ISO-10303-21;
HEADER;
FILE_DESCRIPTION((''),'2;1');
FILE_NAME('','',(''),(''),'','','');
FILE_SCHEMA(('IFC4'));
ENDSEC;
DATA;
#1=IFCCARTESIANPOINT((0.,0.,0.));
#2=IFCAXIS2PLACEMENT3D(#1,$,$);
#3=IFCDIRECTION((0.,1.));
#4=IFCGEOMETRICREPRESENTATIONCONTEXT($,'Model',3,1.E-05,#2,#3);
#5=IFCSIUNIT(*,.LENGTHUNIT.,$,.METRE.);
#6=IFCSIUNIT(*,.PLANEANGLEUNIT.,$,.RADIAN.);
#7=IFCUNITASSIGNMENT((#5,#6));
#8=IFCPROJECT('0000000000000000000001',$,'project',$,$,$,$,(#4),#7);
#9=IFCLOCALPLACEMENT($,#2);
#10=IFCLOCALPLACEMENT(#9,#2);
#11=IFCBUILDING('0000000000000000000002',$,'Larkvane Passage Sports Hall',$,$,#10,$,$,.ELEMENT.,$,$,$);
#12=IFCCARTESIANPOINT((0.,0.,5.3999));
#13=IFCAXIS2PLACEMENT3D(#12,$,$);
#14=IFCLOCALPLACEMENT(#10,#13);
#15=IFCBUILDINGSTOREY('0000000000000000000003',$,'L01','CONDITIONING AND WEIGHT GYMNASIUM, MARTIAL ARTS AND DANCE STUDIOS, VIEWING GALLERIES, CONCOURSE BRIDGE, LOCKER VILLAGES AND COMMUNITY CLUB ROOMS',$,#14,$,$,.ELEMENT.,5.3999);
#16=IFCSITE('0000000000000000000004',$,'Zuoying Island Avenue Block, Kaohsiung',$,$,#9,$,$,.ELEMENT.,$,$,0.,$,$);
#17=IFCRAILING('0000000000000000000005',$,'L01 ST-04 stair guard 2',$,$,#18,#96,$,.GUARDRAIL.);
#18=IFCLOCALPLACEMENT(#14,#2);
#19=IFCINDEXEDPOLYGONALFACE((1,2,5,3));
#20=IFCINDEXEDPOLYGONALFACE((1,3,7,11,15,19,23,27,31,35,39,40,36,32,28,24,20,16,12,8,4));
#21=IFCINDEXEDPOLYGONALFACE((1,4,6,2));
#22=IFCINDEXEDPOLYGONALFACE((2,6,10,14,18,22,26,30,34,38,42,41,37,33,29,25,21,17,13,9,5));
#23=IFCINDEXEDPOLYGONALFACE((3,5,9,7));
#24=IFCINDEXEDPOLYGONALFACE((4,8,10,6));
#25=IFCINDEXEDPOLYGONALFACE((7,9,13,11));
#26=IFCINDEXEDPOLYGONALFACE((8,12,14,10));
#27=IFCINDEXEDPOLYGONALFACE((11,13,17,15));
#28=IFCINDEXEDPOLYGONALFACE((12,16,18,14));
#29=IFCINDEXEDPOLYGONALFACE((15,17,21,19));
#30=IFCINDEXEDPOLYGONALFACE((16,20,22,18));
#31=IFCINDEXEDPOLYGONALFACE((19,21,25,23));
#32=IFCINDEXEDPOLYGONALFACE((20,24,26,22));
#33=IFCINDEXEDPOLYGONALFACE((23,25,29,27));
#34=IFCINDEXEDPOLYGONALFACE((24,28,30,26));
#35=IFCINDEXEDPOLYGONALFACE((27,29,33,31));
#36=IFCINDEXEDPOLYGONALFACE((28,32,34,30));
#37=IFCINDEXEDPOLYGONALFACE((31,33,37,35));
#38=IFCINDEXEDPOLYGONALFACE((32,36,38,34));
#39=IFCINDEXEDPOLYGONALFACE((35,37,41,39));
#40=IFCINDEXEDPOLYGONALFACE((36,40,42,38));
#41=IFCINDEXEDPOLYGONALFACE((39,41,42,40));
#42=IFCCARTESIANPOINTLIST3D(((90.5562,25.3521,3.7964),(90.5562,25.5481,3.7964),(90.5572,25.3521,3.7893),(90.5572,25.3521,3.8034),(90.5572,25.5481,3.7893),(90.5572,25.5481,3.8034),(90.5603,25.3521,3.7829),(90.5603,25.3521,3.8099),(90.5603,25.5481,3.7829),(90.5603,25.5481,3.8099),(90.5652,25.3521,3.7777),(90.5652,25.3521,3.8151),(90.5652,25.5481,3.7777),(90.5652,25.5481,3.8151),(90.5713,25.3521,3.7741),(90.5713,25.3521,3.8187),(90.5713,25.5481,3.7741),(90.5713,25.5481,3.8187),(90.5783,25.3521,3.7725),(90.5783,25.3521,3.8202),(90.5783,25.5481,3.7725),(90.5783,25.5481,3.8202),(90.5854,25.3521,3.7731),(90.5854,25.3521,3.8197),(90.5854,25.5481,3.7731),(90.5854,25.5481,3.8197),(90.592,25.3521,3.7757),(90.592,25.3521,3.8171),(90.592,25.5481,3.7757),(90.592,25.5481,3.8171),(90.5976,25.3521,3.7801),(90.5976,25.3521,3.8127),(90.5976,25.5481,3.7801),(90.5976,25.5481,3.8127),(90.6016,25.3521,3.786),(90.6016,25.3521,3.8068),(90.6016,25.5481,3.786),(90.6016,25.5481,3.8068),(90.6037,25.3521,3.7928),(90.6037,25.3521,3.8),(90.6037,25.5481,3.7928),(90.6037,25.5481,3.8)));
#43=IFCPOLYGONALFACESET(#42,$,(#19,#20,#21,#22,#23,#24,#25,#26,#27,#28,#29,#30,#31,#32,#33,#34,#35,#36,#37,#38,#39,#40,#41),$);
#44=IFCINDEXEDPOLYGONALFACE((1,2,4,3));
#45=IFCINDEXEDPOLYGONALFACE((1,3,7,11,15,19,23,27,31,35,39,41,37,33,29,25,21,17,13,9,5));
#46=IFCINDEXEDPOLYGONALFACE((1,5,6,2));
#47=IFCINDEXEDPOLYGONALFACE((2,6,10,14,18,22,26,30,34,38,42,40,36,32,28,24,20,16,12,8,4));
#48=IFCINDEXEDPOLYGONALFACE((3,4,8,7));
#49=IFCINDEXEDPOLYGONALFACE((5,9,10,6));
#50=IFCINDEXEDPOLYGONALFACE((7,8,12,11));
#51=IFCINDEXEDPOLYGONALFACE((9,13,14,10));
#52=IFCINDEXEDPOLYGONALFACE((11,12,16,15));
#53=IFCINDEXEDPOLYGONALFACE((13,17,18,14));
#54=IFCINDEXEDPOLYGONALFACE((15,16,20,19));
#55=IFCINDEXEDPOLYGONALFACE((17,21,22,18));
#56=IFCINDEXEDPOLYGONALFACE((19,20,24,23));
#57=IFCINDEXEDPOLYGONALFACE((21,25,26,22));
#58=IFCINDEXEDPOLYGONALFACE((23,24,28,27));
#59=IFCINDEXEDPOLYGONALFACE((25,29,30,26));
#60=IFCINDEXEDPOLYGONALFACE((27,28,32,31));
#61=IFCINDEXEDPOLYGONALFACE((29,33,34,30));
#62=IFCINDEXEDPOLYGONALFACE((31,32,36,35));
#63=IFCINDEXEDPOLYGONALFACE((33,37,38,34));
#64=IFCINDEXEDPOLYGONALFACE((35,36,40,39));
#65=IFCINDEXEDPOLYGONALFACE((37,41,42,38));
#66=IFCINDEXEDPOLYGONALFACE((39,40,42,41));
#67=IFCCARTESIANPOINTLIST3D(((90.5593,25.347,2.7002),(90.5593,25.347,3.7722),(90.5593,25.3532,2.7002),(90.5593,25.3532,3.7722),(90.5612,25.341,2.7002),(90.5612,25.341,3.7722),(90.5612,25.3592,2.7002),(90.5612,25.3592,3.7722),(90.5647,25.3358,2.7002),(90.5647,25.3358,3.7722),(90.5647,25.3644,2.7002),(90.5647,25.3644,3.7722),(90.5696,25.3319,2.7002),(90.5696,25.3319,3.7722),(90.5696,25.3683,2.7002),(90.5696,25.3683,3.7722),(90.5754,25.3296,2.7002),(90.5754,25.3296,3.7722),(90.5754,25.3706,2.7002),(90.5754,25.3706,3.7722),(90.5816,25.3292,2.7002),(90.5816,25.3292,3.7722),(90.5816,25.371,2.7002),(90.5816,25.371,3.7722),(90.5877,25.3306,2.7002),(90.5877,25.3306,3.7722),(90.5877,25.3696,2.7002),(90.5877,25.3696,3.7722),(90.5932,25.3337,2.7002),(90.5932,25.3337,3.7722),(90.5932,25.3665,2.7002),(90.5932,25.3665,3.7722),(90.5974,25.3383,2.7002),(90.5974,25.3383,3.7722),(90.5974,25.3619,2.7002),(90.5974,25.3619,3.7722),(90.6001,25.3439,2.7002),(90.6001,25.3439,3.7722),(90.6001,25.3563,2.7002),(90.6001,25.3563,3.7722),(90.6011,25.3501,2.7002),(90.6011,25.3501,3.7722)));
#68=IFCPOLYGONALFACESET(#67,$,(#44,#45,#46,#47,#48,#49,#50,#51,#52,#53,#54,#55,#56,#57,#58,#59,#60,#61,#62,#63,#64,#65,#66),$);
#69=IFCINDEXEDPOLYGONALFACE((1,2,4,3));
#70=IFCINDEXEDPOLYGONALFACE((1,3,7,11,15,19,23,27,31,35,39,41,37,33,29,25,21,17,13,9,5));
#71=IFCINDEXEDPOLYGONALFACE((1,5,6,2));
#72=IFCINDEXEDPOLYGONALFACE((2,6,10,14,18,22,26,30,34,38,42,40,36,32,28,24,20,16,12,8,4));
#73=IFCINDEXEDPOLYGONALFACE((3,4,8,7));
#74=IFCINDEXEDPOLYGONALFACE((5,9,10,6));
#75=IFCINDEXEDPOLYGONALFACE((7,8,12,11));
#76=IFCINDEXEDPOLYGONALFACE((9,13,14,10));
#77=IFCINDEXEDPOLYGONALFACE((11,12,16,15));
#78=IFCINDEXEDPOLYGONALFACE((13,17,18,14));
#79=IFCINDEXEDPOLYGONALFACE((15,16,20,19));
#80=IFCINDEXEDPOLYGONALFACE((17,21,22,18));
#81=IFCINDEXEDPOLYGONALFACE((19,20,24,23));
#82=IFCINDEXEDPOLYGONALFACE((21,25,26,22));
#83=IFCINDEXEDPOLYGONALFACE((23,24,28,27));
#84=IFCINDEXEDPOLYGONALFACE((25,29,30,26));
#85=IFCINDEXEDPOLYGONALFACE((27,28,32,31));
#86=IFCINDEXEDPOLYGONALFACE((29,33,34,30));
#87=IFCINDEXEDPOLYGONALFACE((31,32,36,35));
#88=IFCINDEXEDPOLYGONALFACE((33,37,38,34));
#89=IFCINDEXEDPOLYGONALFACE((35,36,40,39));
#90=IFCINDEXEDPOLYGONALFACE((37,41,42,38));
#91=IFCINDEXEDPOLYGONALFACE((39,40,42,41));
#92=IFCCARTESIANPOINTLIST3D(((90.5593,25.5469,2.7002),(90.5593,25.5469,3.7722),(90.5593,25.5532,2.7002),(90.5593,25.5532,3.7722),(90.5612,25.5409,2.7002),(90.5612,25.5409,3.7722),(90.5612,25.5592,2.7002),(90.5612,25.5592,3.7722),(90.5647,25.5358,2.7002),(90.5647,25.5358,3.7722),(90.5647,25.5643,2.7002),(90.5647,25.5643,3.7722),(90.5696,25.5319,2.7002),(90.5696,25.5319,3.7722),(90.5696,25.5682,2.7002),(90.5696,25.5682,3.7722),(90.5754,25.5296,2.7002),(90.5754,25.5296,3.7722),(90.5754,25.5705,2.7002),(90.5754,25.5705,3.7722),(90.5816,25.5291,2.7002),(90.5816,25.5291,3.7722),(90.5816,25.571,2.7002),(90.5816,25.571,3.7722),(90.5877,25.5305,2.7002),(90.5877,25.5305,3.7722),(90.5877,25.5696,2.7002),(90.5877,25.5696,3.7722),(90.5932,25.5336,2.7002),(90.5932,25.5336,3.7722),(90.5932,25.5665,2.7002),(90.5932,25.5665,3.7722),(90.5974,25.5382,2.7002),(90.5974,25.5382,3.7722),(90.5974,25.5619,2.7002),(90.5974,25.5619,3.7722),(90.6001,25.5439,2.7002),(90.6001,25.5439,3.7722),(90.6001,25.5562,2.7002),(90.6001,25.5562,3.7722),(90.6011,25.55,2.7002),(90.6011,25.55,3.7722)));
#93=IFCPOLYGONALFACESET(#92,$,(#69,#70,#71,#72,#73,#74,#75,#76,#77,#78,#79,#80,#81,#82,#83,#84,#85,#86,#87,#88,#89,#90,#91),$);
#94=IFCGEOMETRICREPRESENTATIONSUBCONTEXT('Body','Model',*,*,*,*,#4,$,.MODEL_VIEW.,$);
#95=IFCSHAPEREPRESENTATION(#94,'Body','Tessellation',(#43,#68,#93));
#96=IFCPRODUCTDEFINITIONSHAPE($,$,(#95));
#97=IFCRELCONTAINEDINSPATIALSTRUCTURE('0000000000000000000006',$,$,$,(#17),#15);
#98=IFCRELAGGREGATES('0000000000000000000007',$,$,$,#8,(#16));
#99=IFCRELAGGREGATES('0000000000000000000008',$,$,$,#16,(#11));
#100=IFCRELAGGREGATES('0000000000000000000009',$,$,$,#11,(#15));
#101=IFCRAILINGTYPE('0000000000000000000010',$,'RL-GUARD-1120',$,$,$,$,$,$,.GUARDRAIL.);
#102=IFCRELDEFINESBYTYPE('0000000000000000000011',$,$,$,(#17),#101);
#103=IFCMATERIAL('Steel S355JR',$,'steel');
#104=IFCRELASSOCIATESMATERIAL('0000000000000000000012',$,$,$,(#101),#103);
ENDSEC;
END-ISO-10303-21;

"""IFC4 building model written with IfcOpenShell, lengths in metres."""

from ifc_helpers import new_model, si_unit, direction, frame, origin, origin_2d, place, context, subcontext, project, spatial, circle, extrude, material, type_object, element, save


model = new_model("IFC4")

# Units and contexts
model_context = context("Model", 3, precision=1e-05, world=origin(), true_north=direction((0.0, 1.0)))
body_context = subcontext(model_context, "Body", "Model", "MODEL_VIEW")
ifc_project = project(units=[si_unit("LENGTHUNIT", "METRE"), si_unit("PLANEANGLEUNIT", "RADIAN")], contexts=[model_context])

# Site, building, storey
site_placement = place(None, origin())
site = spatial("IfcSite", under=ifc_project, at=site_placement, Name="Zuoying Island Avenue Block, Kaohsiung", CompositionType="ELEMENT", RefElevation=0.0)
building_placement = place(site_placement, origin())
building = spatial("IfcBuilding", under=site, at=building_placement, Name="Larkvane Passage Sports Hall", CompositionType="ELEMENT")
storey_placement = place(building_placement, frame((0.0, 0.0, 5.3999)))
storey = spatial("IfcBuildingStorey", under=building, at=storey_placement, Name="L01", Description="CONDITIONING AND WEIGHT GYMNASIUM, MARTIAL ARTS AND DANCE STUDIOS, VIEWING GALLERIES, CONCOURSE BRIDGE, LOCKER VILLAGES AND COMMUNITY CLUB ROOMS", CompositionType="ELEMENT", Elevation=5.3999)

# Shared definitions
ifc_material_1 = material(Name="Steel S355JR", Category="steel")

# Railing
railing_type_1 = type_object("IfcRailingType", Name="RL-GUARD-1120", PredefinedType="GUARDRAIL", material=ifc_material_1)
railing_1_placement = place(storey_placement, frame((90.5801, 25.3501, 2.7002)))
element("IfcRailing", 1, at=railing_1_placement, inside=storey, type_object=railing_type_1, Name="L01 ST-04 stair guard 2", PredefinedType="GUARDRAIL", context=body_context, shape_type="SweptSolid", body=[
    extrude(circle(Radius=0.0239, at=origin_2d()), frame((0.0, 0.002, 1.0962), z_axis=(0.0, 1.0, 0.0), x_axis=(-1.0, 0.0, 0.0)), (0.0, 0.0, 1.0), 0.196),
    extrude(circle(Radius=0.021, at=origin_2d()), origin(), (0.0, 0.0, 1.0), 1.072),
    extrude(circle(Radius=0.021, at=origin_2d()), frame((0.0, 0.2, 0.0)), (0.0, 0.0, 1.0), 1.072),
])

save(model, "model.ifc")
